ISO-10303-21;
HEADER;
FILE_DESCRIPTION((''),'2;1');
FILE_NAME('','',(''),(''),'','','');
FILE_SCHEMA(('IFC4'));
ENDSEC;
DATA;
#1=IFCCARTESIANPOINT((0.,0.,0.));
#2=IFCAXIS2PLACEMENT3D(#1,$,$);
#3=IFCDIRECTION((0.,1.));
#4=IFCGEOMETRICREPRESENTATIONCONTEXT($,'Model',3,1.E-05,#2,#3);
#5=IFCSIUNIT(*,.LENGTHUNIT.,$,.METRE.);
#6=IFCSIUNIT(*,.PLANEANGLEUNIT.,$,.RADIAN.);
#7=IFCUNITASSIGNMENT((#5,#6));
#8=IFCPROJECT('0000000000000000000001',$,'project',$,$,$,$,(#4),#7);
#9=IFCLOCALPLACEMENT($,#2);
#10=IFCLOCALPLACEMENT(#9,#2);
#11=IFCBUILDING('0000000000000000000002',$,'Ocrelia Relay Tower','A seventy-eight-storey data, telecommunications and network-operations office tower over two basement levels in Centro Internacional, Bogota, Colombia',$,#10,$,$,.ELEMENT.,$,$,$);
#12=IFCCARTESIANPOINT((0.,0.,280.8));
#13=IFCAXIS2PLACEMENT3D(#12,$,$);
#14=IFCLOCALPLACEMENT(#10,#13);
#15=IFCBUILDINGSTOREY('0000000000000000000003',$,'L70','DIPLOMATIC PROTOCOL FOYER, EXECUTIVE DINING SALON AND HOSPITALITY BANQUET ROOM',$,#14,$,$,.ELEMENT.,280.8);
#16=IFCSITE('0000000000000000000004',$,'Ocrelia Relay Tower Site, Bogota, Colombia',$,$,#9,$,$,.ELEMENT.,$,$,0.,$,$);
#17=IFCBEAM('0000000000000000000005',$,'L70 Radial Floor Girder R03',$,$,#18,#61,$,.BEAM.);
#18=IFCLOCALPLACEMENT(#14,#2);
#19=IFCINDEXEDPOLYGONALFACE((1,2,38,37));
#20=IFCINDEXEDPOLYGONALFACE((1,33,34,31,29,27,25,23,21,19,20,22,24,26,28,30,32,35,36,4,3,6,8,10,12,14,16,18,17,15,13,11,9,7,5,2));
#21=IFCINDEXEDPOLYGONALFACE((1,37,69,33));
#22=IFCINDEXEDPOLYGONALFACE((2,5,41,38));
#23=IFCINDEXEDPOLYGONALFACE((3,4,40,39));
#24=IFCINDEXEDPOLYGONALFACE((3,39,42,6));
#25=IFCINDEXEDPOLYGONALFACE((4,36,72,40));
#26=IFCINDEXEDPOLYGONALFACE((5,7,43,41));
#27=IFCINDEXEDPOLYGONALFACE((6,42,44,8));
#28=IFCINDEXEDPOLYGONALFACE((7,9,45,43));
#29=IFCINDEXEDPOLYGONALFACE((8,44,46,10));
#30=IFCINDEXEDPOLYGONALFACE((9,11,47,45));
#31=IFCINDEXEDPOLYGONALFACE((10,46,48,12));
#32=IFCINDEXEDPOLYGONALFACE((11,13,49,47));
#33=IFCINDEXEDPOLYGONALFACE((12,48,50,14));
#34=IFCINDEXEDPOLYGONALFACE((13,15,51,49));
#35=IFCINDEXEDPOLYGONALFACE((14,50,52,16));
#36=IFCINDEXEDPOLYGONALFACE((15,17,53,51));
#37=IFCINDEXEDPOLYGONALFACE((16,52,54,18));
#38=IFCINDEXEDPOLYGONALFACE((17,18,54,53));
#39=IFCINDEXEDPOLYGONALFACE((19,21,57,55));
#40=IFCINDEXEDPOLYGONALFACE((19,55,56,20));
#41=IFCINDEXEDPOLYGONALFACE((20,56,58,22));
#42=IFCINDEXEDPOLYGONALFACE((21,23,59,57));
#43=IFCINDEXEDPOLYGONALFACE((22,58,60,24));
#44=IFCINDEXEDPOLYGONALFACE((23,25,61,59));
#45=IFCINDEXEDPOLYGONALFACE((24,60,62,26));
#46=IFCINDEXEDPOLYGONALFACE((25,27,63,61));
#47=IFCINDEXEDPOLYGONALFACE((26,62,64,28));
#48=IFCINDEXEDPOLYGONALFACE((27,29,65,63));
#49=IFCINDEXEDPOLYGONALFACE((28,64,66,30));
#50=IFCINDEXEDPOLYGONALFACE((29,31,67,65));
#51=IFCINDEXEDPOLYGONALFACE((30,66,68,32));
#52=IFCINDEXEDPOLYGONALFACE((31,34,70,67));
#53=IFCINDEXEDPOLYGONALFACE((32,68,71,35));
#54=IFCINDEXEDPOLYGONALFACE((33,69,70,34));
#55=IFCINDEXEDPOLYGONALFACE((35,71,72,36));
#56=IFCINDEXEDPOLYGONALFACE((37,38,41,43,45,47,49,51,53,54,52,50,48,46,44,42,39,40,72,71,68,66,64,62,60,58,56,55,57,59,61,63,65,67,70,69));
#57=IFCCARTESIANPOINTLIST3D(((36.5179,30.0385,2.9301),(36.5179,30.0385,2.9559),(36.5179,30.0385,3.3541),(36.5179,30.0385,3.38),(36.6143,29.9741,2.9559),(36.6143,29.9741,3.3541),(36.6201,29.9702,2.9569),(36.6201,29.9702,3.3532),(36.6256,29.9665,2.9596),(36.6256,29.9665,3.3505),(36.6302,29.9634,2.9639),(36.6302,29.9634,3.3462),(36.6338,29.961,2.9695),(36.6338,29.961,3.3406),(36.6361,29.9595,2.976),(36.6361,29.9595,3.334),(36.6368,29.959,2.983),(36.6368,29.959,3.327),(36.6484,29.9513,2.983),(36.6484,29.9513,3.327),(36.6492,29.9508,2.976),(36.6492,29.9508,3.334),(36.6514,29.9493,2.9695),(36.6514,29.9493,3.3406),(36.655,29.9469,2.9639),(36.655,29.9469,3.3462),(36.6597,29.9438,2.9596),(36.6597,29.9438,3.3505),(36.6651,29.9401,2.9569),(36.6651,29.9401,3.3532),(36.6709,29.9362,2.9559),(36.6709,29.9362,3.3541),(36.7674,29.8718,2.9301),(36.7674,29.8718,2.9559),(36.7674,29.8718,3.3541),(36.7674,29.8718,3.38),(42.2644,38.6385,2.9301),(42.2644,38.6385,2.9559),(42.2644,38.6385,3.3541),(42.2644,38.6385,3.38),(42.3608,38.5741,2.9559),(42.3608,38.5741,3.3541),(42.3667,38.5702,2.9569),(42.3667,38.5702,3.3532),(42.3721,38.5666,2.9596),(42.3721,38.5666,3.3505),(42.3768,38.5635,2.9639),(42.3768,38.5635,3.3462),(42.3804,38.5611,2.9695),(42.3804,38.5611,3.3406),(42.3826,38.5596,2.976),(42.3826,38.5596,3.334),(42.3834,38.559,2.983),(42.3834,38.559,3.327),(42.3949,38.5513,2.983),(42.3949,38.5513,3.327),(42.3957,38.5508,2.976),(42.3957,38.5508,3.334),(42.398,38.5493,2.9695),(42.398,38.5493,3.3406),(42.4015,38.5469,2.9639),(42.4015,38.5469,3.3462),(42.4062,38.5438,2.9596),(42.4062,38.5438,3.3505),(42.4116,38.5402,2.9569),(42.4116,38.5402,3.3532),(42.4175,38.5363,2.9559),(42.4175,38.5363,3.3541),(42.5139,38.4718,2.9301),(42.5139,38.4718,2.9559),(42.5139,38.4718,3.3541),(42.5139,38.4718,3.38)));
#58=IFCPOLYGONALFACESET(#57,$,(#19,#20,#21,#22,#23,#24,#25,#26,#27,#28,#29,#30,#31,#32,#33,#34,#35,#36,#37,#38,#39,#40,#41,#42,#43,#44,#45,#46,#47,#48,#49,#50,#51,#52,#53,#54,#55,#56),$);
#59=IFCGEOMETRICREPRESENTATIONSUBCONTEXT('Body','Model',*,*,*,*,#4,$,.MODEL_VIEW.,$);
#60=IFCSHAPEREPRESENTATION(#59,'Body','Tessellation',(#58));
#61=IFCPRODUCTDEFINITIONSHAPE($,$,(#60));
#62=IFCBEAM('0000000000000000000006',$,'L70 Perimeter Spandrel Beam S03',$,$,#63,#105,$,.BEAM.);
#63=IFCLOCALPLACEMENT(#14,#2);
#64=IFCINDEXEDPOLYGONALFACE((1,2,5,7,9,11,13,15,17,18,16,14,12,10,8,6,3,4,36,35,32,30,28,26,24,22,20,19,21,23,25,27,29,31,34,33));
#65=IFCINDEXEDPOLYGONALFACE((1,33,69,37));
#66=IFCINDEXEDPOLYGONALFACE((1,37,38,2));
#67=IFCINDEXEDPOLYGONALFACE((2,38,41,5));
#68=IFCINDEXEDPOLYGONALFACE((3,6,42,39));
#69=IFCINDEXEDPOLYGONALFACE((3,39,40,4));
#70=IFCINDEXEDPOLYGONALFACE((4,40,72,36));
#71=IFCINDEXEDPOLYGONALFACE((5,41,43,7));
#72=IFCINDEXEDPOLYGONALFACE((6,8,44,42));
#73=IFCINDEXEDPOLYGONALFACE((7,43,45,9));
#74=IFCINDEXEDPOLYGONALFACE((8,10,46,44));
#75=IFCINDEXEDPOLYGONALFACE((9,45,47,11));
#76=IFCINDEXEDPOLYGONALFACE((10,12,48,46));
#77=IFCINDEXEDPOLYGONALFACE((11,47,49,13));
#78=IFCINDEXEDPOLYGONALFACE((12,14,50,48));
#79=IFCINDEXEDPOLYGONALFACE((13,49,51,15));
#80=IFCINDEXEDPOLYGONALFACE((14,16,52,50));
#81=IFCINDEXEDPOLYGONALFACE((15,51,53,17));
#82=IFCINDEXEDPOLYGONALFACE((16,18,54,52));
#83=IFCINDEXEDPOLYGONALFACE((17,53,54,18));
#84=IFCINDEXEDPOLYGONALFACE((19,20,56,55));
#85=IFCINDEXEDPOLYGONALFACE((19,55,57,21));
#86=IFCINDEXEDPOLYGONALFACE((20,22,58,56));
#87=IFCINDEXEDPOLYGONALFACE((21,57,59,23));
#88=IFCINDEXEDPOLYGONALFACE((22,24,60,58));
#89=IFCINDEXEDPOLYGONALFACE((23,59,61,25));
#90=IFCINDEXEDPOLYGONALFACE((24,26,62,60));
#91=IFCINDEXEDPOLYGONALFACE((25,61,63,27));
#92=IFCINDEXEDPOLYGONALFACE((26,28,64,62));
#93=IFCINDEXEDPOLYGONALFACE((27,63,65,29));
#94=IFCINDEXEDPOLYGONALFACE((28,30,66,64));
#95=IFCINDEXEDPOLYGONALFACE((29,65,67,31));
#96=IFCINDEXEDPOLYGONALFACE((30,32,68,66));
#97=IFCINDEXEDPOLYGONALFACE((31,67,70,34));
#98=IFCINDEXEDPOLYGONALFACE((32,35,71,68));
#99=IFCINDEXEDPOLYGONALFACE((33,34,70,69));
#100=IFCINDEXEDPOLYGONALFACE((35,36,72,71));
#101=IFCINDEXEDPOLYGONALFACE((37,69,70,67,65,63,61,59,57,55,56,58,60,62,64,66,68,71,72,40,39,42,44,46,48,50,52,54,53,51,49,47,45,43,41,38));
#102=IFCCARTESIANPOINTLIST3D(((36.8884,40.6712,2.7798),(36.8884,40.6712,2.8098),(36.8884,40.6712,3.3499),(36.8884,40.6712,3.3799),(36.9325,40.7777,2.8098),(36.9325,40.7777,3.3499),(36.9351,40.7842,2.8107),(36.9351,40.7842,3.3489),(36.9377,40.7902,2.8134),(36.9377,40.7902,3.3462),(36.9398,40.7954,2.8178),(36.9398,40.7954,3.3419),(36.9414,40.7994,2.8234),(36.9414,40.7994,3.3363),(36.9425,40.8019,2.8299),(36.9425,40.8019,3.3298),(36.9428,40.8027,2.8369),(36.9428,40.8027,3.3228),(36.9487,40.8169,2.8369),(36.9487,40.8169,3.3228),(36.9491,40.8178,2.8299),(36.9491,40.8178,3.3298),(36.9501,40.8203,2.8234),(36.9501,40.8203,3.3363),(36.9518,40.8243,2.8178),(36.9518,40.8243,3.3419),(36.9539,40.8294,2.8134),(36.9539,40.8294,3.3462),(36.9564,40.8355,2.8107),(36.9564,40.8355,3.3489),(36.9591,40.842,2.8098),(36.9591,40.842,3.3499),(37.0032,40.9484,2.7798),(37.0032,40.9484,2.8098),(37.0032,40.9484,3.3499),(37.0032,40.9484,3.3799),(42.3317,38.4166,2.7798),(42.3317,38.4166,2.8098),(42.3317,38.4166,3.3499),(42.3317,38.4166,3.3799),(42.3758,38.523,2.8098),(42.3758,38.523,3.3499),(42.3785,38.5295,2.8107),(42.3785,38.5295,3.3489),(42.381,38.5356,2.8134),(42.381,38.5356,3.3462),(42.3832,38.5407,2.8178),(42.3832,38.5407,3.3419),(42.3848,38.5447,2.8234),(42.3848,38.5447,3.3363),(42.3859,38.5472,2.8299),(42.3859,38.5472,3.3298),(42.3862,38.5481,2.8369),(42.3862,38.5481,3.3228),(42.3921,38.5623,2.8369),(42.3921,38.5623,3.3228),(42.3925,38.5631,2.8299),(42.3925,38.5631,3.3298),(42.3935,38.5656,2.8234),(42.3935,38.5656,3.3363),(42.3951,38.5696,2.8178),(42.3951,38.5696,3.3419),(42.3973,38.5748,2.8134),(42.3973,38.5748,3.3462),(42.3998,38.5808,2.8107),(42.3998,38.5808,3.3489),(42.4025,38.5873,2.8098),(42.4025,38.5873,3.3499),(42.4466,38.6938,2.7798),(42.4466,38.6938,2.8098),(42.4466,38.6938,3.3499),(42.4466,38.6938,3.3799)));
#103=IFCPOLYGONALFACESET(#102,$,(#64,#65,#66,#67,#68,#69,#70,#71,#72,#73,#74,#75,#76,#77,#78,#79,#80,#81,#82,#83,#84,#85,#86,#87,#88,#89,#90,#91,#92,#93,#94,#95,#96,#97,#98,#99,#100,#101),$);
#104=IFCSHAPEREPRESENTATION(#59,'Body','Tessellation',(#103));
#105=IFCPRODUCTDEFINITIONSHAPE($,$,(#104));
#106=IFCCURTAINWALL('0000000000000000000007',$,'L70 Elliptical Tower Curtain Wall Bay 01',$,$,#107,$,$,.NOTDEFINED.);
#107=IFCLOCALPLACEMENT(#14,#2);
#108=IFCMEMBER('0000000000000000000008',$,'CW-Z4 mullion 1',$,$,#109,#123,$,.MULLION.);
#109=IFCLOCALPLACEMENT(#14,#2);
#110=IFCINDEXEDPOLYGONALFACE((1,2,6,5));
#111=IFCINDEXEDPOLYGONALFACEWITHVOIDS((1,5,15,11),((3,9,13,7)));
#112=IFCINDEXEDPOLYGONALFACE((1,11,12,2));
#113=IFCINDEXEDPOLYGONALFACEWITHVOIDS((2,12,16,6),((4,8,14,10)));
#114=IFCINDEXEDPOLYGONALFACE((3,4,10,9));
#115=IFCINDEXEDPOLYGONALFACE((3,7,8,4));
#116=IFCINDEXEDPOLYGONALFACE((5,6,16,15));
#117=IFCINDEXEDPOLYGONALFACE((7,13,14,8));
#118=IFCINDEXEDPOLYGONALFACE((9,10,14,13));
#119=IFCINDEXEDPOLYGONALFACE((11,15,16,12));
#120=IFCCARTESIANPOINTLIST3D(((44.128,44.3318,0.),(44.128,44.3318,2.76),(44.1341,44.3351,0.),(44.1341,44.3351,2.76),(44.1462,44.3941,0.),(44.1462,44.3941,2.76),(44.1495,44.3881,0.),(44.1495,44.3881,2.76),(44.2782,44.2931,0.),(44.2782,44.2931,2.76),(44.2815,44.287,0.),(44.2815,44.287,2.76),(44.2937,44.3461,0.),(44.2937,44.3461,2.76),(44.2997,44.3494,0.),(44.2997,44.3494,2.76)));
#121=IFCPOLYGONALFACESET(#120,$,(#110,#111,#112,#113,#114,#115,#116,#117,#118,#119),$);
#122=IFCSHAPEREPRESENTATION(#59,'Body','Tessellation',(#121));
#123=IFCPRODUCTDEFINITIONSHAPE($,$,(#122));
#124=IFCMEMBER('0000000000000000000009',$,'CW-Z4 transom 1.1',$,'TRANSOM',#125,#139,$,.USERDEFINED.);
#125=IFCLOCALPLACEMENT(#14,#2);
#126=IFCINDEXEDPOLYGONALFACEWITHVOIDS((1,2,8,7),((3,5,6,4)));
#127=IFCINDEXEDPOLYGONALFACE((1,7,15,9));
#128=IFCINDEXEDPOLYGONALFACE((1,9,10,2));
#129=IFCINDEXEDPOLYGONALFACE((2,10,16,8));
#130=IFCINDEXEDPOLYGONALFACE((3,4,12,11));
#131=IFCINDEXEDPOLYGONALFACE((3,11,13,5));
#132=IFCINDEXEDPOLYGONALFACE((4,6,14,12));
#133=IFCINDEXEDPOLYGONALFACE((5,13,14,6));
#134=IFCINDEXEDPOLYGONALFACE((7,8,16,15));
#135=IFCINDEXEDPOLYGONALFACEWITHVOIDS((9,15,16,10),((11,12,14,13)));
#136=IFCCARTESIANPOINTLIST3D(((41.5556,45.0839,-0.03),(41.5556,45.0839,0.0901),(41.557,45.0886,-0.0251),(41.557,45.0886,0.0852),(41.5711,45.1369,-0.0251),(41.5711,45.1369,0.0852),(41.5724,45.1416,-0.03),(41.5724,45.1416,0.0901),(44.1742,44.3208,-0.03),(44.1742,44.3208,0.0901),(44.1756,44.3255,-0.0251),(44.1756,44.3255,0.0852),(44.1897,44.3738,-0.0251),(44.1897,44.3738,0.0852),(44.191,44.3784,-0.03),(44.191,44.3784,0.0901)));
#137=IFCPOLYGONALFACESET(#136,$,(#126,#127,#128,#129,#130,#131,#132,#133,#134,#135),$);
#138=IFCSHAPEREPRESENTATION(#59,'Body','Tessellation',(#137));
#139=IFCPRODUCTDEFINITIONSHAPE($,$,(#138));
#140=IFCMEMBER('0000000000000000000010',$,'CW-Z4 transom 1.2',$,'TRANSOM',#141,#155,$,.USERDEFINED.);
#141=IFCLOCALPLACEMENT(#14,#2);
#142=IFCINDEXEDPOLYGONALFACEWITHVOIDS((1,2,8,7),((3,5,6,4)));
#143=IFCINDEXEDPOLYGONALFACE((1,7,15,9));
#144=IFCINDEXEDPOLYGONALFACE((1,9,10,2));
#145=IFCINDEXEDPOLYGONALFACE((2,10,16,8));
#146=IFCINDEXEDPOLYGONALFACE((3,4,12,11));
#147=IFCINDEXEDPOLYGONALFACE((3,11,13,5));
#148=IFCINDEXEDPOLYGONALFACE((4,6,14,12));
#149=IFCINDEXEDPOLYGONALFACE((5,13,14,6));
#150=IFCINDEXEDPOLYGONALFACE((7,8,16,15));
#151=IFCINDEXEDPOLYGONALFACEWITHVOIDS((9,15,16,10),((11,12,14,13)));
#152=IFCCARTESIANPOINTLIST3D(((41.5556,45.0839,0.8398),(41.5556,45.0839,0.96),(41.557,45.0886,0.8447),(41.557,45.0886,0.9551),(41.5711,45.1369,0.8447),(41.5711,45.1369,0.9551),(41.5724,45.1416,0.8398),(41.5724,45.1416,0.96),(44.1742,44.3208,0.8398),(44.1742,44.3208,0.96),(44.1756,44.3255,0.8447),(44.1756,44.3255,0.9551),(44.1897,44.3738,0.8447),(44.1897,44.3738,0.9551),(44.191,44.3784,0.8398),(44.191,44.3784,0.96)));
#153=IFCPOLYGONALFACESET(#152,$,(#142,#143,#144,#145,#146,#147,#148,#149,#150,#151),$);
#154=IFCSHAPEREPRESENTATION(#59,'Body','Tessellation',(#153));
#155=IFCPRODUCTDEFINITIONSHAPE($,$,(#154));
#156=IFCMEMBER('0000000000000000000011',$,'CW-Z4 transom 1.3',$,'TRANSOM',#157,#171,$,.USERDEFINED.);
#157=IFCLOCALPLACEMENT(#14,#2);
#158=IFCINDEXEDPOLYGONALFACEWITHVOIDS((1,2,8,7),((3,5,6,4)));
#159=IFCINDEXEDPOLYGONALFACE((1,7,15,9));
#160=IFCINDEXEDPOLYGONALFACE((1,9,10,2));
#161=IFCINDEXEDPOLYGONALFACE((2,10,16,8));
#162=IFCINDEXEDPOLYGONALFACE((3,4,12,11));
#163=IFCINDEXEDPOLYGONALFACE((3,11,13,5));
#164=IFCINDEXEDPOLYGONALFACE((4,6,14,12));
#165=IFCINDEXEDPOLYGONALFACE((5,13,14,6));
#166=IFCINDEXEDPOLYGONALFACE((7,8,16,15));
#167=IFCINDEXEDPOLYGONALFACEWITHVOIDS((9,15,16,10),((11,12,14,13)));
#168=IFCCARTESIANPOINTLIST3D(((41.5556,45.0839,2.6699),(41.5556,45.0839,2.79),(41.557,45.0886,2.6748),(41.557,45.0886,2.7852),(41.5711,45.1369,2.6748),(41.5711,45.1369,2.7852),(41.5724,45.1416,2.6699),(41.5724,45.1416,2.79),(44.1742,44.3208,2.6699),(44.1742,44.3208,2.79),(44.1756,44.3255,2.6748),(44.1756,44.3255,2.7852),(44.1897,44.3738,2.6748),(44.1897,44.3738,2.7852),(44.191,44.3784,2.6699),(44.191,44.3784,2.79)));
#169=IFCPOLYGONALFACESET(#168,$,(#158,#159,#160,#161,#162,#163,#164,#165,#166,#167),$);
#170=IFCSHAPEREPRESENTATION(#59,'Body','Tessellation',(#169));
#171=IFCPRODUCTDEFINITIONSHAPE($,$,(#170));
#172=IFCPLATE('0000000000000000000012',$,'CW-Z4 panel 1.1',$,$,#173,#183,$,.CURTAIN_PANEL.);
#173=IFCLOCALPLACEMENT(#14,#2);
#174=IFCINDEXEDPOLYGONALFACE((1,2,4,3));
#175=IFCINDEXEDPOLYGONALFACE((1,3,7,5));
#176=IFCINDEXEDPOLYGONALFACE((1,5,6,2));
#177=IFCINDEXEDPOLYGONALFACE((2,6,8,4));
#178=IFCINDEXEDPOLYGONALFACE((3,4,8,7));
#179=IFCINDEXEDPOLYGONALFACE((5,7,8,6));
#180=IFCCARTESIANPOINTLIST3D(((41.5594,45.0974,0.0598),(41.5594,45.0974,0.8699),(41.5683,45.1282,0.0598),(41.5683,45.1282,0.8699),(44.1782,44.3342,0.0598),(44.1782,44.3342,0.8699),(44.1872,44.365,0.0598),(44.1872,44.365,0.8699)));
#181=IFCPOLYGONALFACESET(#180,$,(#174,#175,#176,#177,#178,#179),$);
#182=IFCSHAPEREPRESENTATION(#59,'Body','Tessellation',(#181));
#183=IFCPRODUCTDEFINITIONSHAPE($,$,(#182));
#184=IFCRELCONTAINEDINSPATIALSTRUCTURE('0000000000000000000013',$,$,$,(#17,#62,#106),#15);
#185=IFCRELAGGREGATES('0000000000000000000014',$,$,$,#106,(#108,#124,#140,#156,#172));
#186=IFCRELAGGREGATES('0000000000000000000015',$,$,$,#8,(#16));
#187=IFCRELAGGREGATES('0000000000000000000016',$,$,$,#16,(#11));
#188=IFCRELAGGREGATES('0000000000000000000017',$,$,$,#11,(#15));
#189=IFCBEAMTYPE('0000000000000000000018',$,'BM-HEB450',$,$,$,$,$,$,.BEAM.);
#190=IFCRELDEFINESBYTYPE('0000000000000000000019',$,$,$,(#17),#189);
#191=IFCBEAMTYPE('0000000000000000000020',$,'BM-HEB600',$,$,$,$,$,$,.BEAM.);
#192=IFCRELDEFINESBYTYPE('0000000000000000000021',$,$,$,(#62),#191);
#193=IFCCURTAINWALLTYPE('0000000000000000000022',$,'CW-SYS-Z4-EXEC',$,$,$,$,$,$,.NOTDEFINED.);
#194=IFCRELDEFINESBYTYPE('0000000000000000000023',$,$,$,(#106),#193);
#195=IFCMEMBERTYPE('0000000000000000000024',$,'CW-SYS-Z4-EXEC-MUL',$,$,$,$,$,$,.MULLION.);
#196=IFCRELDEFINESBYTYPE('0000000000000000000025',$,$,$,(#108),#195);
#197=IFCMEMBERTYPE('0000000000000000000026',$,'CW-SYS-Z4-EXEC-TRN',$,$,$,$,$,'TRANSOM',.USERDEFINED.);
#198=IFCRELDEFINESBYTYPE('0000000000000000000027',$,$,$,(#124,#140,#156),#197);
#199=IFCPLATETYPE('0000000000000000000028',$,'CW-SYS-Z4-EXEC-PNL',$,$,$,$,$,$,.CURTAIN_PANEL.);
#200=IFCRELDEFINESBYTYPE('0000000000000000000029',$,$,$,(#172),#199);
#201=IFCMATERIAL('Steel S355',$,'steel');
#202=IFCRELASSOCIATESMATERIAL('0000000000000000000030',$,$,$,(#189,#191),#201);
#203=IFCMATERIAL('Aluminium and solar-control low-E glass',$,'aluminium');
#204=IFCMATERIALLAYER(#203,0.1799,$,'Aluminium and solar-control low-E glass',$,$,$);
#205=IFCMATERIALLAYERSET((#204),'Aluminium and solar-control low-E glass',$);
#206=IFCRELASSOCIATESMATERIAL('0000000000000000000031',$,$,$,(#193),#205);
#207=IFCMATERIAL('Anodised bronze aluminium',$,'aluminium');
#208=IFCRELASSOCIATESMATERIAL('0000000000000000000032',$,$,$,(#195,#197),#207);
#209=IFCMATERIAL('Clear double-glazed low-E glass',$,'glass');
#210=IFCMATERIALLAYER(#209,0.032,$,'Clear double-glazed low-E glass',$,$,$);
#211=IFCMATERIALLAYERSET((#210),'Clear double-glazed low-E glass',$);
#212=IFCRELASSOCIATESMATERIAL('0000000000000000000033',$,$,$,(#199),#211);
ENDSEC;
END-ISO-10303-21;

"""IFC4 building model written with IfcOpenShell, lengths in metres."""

from ifc_helpers import new_model, si_unit, direction, frame, origin, origin_2d, place, context, subcontext, project, spatial, rectangle, hollow_rectangle, i_section, extrude, material, layer, layer_set, material_profile, profile_set, type_object, element, aggregate, save


model = new_model("IFC4")

# Units and contexts
model_context = context("Model", 3, precision=1e-05, world=origin(), true_north=direction((0.0, 1.0)))
body_context = subcontext(model_context, "Body", "Model", "MODEL_VIEW")
ifc_project = project(units=[si_unit("LENGTHUNIT", "METRE"), si_unit("PLANEANGLEUNIT", "RADIAN")], contexts=[model_context])

# Site, building, storey
site_placement = place(None, origin())
site = spatial("IfcSite", under=ifc_project, at=site_placement, Name="Ocrelia Relay Tower Site, Bogota, Colombia", CompositionType="ELEMENT", RefElevation=0.0)
building_placement = place(site_placement, origin())
building = spatial("IfcBuilding", under=site, at=building_placement, Name="Ocrelia Relay Tower", Description="A seventy-eight-storey data, telecommunications and network-operations office tower over two basement levels in Centro Internacional, Bogota, Colombia", CompositionType="ELEMENT")
storey_placement = place(building_placement, frame((0.0, 0.0, 280.8)))
storey = spatial("IfcBuildingStorey", under=building, at=storey_placement, Name="L70", Description="DIPLOMATIC PROTOCOL FOYER, EXECUTIVE DINING SALON AND HOSPITALITY BANQUET ROOM", CompositionType="ELEMENT", Elevation=280.8)

# Beams
ifc_material_1 = material(Name="Steel S355", Category="steel")
ifc_material_profile_1 = material_profile(ifc_material_1, i_section(OverallWidth=0.3, OverallDepth=0.45, WebThickness=0.0139, FlangeThickness=0.0259, FilletRadius=0.0271, at=origin_2d()), Name="HEB 450")
ifc_profile_set_1 = profile_set([ifc_material_profile_1], Name="Steel S355")
beam_type_1 = type_object("IfcBeamType", Name="BM-HEB450", PredefinedType="BEAM", material=ifc_profile_set_1)
beam_1_placement = place(storey_placement, frame((42.3892, 38.5552, 3.155), z_axis=(-0.555582, -0.831462, 0.0), x_axis=(0.831462, -0.555582, 0.0)))
element("IfcBeam", 1, at=beam_1_placement, inside=storey, type_object=beam_type_1, Name="L70 Radial Floor Girder R03", PredefinedType="BEAM", context=body_context, shape_type="SweptSolid", body=[
    extrude(i_section(OverallWidth=0.3, OverallDepth=0.45, WebThickness=0.0139, FlangeThickness=0.0259, FilletRadius=0.0271, at=origin_2d()), origin(), (0.0, 0.0, 1.0), 10.3433),
])
ifc_material_profile_2 = material_profile(ifc_material_1, i_section(OverallWidth=0.3, OverallDepth=0.6001, WebThickness=0.0154, FlangeThickness=0.03, FilletRadius=0.0271, at=origin_2d()), Name="HEB 600")
ifc_profile_set_2 = profile_set([ifc_material_profile_2], Name="Steel S355")
beam_type_2 = type_object("IfcBeamType", Name="BM-HEB600", PredefinedType="BEAM", material=ifc_profile_set_2)
beam_2_placement = place(storey_placement, frame((42.3892, 38.5552, 3.0798), z_axis=(-0.923884, 0.382673, 0.0), x_axis=(-0.382673, -0.923884, 0.0)))
element("IfcBeam", 2, at=beam_2_placement, inside=storey, type_object=beam_type_2, Name="L70 Perimeter Spandrel Beam S03", PredefinedType="BEAM", context=body_context, shape_type="SweptSolid", body=[
    extrude(i_section(OverallWidth=0.3, OverallDepth=0.6001, WebThickness=0.0154, FlangeThickness=0.03, FilletRadius=0.0271, at=origin_2d()), origin(), (0.0, 0.0, 1.0), 5.8918),
])

# Curtain wall, members, plate
ifc_material_2 = material(Name="Aluminium and solar-control low-E glass", Category="aluminium")
ifc_layer_1 = layer(ifc_material_2, 0.1799, Name="Aluminium and solar-control low-E glass")
ifc_layer_set_1 = layer_set([ifc_layer_1], Name="Aluminium and solar-control low-E glass")
curtain_wall_type = type_object("IfcCurtainWallType", Name="CW-SYS-Z4-EXEC", PredefinedType="NOTDEFINED", material=ifc_layer_set_1)
curtain_wall_placement = place(storey_placement, origin())
curtain_wall = element("IfcCurtainWall", 3, at=curtain_wall_placement, inside=storey, type_object=curtain_wall_type, Name="L70 Elliptical Tower Curtain Wall Bay 01", PredefinedType="NOTDEFINED")
ifc_material_3 = material(Name="Anodised bronze aluminium", Category="aluminium")
ifc_material_profile_3 = material_profile(ifc_material_3, hollow_rectangle(XDim=0.0649, YDim=0.1599, WallThickness=0.0049, at=origin_2d()), Name="CW-MUL-160x65")
ifc_profile_set_3 = profile_set([ifc_material_profile_3], Name="Anodised bronze aluminium")
member_type_1 = type_object("IfcMemberType", Name="CW-SYS-Z4-EXEC-MUL", PredefinedType="MULLION", material=ifc_profile_set_3)
member_1_placement = place(storey_placement, frame((44.2139, 44.3406, 0.0), z_axis=(0.0, 0.0, 1.0), x_axis=(-0.279787, -0.960062, 0.0)))
member_1 = element("IfcMember", 4, at=member_1_placement, type_object=member_type_1, Name="CW-Z4 mullion 1", PredefinedType="MULLION", context=body_context, shape_type="SweptSolid", body=[
    extrude(hollow_rectangle(XDim=0.0649, YDim=0.1599, WallThickness=0.0049, at=origin_2d()), origin(), (0.0, 0.0, 1.0), 2.76),
])
ifc_material_profile_4 = material_profile(ifc_material_3, hollow_rectangle(XDim=0.0601, YDim=0.1201, WallThickness=0.0049, at=origin_2d()), Name="CW-TRN-120x60")
ifc_profile_set_4 = profile_set([ifc_material_profile_4], Name="Anodised bronze aluminium")
member_type_2 = type_object("IfcMemberType", Name="CW-SYS-Z4-EXEC-TRN", ElementType="TRANSOM", PredefinedType="USERDEFINED", material=ifc_profile_set_4)
member_2_placement = place(storey_placement, frame((44.1826, 44.3496, 0.03), z_axis=(-0.960058, 0.279801, 0.0), x_axis=(-0.279801, -0.960058, 0.0)))
member_2 = element("IfcMember", 5, at=member_2_placement, type_object=member_type_2, Name="CW-Z4 transom 1.1", ObjectType="TRANSOM", PredefinedType="USERDEFINED", context=body_context, shape_type="SweptSolid", body=[
    extrude(hollow_rectangle(XDim=0.0601, YDim=0.1201, WallThickness=0.0049, at=origin_2d()), origin(), (0.0, 0.0, 1.0), 2.7275),
])
member_3_placement = place(storey_placement, frame((44.1826, 44.3496, 0.8999), z_axis=(-0.960058, 0.279801, 0.0), x_axis=(-0.279801, -0.960058, 0.0)))
member_3 = element("IfcMember", 6, at=member_3_placement, type_object=member_type_2, Name="CW-Z4 transom 1.2", ObjectType="TRANSOM", PredefinedType="USERDEFINED", context=body_context, shape_type="SweptSolid", body=[
    extrude(hollow_rectangle(XDim=0.0601, YDim=0.1201, WallThickness=0.0049, at=origin_2d()), origin(), (0.0, 0.0, 1.0), 2.7275),
])
member_4_placement = place(storey_placement, frame((44.1826, 44.3496, 2.73), z_axis=(-0.960058, 0.279801, 0.0), x_axis=(-0.279801, -0.960058, 0.0)))
member_4 = element("IfcMember", 7, at=member_4_placement, type_object=member_type_2, Name="CW-Z4 transom 1.3", ObjectType="TRANSOM", PredefinedType="USERDEFINED", context=body_context, shape_type="SweptSolid", body=[
    extrude(hollow_rectangle(XDim=0.0601, YDim=0.1201, WallThickness=0.0049, at=origin_2d()), origin(), (0.0, 0.0, 1.0), 2.7275),
])
ifc_material_4 = material(Name="Clear double-glazed low-E glass", Category="glass")
ifc_layer_2 = layer(ifc_material_4, 0.032, Name="Clear double-glazed low-E glass")
ifc_layer_set_2 = layer_set([ifc_layer_2], Name="Clear double-glazed low-E glass")
plate_type = type_object("IfcPlateType", Name="CW-SYS-Z4-EXEC-PNL", PredefinedType="CURTAIN_PANEL", material=ifc_layer_set_2)
plate_1_placement = place(storey_placement, frame((42.8733, 44.7312, 0.0598), z_axis=(0.0, 0.0, 1.0), x_axis=(-0.960062, 0.279787, 0.0)))
plate_1 = element("IfcPlate", 8, at=plate_1_placement, type_object=plate_type, Name="CW-Z4 panel 1.1", PredefinedType="CURTAIN_PANEL", context=body_context, shape_type="SweptSolid", body=[
    extrude(rectangle(XDim=2.7278, YDim=0.032, at=origin_2d()), origin(), (0.0, 0.0, 1.0), 0.8101),
])
aggregate(curtain_wall, [member_1, member_2, member_3, member_4, plate_1])

save(model, "model.ifc")
